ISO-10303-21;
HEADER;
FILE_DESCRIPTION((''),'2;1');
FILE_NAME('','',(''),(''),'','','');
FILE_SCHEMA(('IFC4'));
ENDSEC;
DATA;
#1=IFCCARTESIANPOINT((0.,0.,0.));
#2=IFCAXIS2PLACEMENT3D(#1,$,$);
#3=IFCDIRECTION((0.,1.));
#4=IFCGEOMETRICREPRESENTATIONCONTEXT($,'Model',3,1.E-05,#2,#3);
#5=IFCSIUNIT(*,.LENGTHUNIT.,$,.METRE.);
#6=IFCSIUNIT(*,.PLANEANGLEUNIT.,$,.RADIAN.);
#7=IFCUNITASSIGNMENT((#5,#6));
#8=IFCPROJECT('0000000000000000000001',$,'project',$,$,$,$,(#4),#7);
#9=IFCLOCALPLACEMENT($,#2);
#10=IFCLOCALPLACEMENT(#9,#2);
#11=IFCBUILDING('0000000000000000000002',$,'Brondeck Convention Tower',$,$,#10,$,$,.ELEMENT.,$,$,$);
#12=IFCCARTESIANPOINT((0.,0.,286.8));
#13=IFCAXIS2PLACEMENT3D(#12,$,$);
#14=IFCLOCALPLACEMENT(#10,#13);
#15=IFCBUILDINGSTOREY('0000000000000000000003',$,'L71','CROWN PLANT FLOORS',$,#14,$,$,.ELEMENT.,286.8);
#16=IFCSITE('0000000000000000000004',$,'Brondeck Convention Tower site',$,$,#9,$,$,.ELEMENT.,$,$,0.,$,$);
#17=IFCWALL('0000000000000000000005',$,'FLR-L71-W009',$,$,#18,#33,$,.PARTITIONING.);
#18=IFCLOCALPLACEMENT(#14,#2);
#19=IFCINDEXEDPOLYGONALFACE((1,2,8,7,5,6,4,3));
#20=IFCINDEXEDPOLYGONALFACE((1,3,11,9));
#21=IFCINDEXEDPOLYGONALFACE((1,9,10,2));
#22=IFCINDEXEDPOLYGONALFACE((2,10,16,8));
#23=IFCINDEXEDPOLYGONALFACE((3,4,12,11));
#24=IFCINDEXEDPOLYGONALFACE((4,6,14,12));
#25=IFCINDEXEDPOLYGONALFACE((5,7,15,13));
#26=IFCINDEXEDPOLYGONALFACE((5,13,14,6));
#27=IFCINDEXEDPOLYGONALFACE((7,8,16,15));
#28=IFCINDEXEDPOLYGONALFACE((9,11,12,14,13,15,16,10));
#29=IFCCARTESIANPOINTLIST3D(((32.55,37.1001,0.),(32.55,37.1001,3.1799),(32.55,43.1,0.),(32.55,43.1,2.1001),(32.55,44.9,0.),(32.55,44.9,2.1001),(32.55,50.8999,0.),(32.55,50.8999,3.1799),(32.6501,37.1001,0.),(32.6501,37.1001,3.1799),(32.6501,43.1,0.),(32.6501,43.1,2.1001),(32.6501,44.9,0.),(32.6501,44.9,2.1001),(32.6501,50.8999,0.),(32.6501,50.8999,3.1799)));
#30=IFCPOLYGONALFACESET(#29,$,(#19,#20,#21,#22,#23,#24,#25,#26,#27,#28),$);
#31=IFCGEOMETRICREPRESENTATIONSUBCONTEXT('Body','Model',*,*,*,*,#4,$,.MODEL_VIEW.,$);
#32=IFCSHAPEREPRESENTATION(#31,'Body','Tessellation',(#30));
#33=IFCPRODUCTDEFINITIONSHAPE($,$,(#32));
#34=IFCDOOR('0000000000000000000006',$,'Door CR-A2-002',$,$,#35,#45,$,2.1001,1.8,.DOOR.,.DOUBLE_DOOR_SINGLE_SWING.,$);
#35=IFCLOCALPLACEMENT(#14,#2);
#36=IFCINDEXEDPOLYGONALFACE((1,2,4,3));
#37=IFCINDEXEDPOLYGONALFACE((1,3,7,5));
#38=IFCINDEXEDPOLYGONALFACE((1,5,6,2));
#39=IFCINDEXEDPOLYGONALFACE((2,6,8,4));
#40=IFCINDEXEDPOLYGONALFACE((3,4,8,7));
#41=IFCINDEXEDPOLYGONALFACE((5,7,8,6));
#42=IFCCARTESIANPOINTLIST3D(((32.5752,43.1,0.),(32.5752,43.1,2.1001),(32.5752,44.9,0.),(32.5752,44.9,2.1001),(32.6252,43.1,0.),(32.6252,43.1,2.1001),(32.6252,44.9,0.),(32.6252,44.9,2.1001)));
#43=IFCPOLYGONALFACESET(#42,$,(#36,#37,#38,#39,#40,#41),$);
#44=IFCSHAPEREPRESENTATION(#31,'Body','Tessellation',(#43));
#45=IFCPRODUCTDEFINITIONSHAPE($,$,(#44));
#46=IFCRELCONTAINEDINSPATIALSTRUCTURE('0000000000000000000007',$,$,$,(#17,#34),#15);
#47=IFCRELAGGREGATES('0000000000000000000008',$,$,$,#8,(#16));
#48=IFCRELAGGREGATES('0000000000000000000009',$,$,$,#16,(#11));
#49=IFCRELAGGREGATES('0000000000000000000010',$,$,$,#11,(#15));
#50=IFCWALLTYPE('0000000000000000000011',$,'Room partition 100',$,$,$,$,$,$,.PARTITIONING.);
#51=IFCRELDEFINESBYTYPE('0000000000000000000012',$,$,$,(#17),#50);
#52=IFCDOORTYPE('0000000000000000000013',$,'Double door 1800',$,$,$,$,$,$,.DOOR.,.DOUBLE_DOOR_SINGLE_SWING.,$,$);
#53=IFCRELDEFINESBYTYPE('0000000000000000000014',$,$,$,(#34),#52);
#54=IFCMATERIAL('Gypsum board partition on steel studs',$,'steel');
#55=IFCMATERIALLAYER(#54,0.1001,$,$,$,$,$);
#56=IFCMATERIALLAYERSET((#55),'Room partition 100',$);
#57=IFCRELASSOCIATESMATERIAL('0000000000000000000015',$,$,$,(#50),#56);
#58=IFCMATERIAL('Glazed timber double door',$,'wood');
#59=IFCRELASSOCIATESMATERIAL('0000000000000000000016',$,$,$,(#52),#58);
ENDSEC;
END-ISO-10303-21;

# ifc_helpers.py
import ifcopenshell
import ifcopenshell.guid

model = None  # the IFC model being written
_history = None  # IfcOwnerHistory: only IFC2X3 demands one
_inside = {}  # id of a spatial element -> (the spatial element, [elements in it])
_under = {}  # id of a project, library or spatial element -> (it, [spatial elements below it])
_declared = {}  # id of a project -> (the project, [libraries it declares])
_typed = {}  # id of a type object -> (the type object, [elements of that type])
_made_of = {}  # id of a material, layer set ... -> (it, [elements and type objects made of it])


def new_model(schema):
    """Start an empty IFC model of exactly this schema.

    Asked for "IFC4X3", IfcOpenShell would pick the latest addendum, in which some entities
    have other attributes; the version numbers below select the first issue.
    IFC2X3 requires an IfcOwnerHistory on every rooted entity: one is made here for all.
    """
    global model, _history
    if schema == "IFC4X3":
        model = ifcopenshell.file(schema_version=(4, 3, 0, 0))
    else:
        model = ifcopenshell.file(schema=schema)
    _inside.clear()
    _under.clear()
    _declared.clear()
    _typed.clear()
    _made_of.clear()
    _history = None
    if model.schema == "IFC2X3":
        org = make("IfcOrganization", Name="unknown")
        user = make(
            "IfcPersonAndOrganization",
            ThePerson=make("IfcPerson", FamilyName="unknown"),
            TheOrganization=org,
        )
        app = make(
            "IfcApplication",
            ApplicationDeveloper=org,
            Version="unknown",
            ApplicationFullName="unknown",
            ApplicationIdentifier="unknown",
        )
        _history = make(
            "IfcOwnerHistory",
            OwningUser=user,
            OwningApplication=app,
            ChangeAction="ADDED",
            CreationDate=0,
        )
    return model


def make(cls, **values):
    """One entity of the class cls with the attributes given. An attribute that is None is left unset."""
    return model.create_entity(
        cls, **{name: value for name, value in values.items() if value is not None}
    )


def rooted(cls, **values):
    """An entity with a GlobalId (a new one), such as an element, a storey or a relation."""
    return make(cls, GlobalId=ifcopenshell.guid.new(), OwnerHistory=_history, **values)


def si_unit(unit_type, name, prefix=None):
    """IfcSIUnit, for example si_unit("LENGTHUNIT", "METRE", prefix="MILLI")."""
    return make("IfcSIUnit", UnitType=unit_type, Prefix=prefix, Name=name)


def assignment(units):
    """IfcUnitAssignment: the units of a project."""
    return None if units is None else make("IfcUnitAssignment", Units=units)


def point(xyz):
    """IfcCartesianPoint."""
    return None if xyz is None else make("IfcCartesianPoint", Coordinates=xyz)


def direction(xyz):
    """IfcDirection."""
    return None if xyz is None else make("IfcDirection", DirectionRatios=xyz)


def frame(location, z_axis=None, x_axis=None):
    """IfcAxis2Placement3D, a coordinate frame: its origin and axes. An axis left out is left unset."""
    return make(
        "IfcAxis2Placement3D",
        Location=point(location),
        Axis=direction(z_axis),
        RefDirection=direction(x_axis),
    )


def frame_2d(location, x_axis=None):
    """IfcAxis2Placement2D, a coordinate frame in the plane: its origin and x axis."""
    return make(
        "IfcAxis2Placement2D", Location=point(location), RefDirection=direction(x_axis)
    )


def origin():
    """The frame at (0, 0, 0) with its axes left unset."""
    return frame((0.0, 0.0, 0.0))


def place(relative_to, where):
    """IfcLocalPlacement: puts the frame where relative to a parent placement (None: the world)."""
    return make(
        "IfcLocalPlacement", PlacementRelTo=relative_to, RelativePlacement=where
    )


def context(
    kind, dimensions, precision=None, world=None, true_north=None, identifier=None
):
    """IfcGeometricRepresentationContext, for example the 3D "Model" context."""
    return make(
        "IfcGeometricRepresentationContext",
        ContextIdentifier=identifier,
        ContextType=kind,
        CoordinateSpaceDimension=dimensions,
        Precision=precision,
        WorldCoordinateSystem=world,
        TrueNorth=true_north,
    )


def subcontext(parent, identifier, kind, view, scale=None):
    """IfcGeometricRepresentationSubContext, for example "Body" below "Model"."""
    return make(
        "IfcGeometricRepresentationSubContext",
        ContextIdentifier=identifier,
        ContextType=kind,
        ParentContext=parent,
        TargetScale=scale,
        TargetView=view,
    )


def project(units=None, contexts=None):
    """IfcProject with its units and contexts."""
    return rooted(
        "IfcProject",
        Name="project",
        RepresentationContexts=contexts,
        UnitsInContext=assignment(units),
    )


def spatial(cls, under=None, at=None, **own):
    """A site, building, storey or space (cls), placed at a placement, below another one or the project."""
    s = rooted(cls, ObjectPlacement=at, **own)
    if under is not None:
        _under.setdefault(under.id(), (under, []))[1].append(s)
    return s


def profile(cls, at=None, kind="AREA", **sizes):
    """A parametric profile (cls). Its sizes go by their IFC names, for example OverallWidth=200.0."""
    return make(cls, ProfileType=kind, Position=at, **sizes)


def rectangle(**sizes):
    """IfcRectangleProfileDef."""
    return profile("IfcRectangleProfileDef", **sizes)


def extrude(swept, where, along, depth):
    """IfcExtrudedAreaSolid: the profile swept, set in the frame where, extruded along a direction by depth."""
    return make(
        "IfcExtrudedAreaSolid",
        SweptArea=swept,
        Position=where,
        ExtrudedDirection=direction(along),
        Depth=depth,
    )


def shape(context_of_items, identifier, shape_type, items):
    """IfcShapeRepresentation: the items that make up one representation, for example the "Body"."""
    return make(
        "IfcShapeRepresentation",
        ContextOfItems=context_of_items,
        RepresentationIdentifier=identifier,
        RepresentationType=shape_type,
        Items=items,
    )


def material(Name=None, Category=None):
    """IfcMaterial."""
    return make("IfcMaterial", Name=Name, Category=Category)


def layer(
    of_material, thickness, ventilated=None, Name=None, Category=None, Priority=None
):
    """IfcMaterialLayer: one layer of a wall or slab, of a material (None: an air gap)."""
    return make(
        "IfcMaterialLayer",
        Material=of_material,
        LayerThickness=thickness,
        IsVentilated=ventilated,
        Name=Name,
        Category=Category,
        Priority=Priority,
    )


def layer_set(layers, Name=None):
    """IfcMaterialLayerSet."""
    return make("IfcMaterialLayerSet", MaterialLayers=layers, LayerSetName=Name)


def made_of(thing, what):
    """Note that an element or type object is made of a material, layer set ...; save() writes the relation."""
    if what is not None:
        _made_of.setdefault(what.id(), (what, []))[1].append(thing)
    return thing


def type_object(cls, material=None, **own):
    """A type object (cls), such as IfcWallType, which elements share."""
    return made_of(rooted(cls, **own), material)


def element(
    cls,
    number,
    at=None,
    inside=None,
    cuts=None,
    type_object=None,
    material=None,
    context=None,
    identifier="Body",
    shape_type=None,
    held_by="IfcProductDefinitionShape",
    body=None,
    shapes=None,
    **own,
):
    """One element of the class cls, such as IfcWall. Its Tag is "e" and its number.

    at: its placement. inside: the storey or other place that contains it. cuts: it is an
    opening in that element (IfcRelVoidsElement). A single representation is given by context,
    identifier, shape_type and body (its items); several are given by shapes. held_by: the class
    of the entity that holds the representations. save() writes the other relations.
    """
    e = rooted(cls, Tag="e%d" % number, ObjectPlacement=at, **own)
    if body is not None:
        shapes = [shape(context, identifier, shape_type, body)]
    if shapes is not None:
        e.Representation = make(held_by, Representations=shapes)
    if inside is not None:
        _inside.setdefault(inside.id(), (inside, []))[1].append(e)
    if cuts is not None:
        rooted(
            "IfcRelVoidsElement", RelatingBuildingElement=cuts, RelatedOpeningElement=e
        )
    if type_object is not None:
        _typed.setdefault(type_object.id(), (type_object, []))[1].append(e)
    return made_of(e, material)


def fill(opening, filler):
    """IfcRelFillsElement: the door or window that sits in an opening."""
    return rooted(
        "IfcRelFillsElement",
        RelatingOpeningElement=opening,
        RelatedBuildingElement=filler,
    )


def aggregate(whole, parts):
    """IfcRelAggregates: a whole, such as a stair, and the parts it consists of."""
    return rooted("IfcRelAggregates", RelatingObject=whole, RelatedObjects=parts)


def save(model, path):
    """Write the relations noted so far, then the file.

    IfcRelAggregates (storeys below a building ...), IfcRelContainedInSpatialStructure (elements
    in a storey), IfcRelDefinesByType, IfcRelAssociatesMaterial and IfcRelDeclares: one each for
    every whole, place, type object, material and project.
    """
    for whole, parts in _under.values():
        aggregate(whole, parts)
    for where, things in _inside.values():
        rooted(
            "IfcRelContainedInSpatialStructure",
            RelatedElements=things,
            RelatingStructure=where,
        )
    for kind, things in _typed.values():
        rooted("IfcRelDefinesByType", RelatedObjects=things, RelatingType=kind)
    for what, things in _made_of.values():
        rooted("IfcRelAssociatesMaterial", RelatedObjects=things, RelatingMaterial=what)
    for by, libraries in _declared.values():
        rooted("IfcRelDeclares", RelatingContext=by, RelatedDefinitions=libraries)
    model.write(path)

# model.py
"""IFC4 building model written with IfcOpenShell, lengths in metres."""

from ifc_helpers import new_model, si_unit, direction, frame, frame_2d, origin, place, context, subcontext, project, spatial, rectangle, extrude, material, layer, layer_set, type_object, element, fill, save


model = new_model("IFC4")

# Units and contexts
model_context = context("Model", 3, precision=1e-05, world=origin(), true_north=direction((0.0, 1.0)))
body_context = subcontext(model_context, "Body", "Model", "MODEL_VIEW")
ifc_project = project(units=[si_unit("LENGTHUNIT", "METRE"), si_unit("PLANEANGLEUNIT", "RADIAN")], contexts=[model_context])

# Site, building, storey
site_placement = place(None, origin())
site = spatial("IfcSite", under=ifc_project, at=site_placement, Name="Brondeck Convention Tower site", CompositionType="ELEMENT", RefElevation=0.0)
building_placement = place(site_placement, origin())
building = spatial("IfcBuilding", under=site, at=building_placement, Name="Brondeck Convention Tower", CompositionType="ELEMENT")
storey_placement = place(building_placement, frame((0.0, 0.0, 286.8)))
storey = spatial("IfcBuildingStorey", under=building, at=storey_placement, Name="L71", Description="CROWN PLANT FLOORS", CompositionType="ELEMENT", Elevation=286.8)

# Wall, opening, door
ifc_material_1 = material(Name="Gypsum board partition on steel studs", Category="steel")
ifc_layer_1 = layer(ifc_material_1, 0.1001)
ifc_layer_set_1 = layer_set([ifc_layer_1], Name="Room partition 100")
wall_type_1 = type_object("IfcWallType", Name="Room partition 100", PredefinedType="PARTITIONING", material=ifc_layer_set_1)
wall_1_placement = place(storey_placement, frame((32.6001, 37.1001, 0.0), z_axis=(0.0, 0.0, 1.0), x_axis=(0.0, 1.0, 0.0)))
wall_1 = element("IfcWall", 1, at=wall_1_placement, inside=storey, type_object=wall_type_1, Name="FLR-L71-W009", PredefinedType="PARTITIONING", context=body_context, shape_type="SweptSolid", body=[
    extrude(rectangle(XDim=13.7998, YDim=0.1001, at=frame_2d((6.8999, 0.0))), origin(), (0.0, 0.0, 1.0), 3.1799),
])
opening_placement = place(wall_1_placement, frame((6.0, 0.0, 0.0)))
opening = element("IfcOpeningElement", 2, at=opening_placement, cuts=wall_1, PredefinedType="OPENING", context=body_context, shape_type="SweptSolid", body=[
    extrude(rectangle(XDim=1.8, YDim=2.1001, at=frame_2d((0.8999, 1.05))), frame((0.0, 0.0601, 0.0), z_axis=(0.0, -1.0, 0.0), x_axis=(1.0, 0.0, 0.0)), (0.0, 0.0, 1.0), 0.1201),
])
ifc_material_2 = material(Name="Glazed timber double door", Category="wood")
door_type = type_object("IfcDoorType", Name="Double door 1800", OperationType="DOUBLE_DOOR_SINGLE_SWING", PredefinedType="DOOR", material=ifc_material_2)
door_placement = place(opening_placement, origin())
door = element("IfcDoor", 3, at=door_placement, inside=storey, type_object=door_type, Name="Door CR-A2-002", OperationType="DOUBLE_DOOR_SINGLE_SWING", OverallHeight=2.1001, OverallWidth=1.8, PredefinedType="DOOR", context=body_context, shape_type="SweptSolid", body=[
    extrude(rectangle(XDim=1.8, YDim=2.1001, at=frame_2d((0.8999, 1.05))), frame((0.0, 0.0249, 0.0), z_axis=(0.0, -1.0, 0.0), x_axis=(1.0, 0.0, 0.0)), (0.0, 0.0, 1.0), 0.05),
])
fill(opening, door)

save(model, "model.ifc")
